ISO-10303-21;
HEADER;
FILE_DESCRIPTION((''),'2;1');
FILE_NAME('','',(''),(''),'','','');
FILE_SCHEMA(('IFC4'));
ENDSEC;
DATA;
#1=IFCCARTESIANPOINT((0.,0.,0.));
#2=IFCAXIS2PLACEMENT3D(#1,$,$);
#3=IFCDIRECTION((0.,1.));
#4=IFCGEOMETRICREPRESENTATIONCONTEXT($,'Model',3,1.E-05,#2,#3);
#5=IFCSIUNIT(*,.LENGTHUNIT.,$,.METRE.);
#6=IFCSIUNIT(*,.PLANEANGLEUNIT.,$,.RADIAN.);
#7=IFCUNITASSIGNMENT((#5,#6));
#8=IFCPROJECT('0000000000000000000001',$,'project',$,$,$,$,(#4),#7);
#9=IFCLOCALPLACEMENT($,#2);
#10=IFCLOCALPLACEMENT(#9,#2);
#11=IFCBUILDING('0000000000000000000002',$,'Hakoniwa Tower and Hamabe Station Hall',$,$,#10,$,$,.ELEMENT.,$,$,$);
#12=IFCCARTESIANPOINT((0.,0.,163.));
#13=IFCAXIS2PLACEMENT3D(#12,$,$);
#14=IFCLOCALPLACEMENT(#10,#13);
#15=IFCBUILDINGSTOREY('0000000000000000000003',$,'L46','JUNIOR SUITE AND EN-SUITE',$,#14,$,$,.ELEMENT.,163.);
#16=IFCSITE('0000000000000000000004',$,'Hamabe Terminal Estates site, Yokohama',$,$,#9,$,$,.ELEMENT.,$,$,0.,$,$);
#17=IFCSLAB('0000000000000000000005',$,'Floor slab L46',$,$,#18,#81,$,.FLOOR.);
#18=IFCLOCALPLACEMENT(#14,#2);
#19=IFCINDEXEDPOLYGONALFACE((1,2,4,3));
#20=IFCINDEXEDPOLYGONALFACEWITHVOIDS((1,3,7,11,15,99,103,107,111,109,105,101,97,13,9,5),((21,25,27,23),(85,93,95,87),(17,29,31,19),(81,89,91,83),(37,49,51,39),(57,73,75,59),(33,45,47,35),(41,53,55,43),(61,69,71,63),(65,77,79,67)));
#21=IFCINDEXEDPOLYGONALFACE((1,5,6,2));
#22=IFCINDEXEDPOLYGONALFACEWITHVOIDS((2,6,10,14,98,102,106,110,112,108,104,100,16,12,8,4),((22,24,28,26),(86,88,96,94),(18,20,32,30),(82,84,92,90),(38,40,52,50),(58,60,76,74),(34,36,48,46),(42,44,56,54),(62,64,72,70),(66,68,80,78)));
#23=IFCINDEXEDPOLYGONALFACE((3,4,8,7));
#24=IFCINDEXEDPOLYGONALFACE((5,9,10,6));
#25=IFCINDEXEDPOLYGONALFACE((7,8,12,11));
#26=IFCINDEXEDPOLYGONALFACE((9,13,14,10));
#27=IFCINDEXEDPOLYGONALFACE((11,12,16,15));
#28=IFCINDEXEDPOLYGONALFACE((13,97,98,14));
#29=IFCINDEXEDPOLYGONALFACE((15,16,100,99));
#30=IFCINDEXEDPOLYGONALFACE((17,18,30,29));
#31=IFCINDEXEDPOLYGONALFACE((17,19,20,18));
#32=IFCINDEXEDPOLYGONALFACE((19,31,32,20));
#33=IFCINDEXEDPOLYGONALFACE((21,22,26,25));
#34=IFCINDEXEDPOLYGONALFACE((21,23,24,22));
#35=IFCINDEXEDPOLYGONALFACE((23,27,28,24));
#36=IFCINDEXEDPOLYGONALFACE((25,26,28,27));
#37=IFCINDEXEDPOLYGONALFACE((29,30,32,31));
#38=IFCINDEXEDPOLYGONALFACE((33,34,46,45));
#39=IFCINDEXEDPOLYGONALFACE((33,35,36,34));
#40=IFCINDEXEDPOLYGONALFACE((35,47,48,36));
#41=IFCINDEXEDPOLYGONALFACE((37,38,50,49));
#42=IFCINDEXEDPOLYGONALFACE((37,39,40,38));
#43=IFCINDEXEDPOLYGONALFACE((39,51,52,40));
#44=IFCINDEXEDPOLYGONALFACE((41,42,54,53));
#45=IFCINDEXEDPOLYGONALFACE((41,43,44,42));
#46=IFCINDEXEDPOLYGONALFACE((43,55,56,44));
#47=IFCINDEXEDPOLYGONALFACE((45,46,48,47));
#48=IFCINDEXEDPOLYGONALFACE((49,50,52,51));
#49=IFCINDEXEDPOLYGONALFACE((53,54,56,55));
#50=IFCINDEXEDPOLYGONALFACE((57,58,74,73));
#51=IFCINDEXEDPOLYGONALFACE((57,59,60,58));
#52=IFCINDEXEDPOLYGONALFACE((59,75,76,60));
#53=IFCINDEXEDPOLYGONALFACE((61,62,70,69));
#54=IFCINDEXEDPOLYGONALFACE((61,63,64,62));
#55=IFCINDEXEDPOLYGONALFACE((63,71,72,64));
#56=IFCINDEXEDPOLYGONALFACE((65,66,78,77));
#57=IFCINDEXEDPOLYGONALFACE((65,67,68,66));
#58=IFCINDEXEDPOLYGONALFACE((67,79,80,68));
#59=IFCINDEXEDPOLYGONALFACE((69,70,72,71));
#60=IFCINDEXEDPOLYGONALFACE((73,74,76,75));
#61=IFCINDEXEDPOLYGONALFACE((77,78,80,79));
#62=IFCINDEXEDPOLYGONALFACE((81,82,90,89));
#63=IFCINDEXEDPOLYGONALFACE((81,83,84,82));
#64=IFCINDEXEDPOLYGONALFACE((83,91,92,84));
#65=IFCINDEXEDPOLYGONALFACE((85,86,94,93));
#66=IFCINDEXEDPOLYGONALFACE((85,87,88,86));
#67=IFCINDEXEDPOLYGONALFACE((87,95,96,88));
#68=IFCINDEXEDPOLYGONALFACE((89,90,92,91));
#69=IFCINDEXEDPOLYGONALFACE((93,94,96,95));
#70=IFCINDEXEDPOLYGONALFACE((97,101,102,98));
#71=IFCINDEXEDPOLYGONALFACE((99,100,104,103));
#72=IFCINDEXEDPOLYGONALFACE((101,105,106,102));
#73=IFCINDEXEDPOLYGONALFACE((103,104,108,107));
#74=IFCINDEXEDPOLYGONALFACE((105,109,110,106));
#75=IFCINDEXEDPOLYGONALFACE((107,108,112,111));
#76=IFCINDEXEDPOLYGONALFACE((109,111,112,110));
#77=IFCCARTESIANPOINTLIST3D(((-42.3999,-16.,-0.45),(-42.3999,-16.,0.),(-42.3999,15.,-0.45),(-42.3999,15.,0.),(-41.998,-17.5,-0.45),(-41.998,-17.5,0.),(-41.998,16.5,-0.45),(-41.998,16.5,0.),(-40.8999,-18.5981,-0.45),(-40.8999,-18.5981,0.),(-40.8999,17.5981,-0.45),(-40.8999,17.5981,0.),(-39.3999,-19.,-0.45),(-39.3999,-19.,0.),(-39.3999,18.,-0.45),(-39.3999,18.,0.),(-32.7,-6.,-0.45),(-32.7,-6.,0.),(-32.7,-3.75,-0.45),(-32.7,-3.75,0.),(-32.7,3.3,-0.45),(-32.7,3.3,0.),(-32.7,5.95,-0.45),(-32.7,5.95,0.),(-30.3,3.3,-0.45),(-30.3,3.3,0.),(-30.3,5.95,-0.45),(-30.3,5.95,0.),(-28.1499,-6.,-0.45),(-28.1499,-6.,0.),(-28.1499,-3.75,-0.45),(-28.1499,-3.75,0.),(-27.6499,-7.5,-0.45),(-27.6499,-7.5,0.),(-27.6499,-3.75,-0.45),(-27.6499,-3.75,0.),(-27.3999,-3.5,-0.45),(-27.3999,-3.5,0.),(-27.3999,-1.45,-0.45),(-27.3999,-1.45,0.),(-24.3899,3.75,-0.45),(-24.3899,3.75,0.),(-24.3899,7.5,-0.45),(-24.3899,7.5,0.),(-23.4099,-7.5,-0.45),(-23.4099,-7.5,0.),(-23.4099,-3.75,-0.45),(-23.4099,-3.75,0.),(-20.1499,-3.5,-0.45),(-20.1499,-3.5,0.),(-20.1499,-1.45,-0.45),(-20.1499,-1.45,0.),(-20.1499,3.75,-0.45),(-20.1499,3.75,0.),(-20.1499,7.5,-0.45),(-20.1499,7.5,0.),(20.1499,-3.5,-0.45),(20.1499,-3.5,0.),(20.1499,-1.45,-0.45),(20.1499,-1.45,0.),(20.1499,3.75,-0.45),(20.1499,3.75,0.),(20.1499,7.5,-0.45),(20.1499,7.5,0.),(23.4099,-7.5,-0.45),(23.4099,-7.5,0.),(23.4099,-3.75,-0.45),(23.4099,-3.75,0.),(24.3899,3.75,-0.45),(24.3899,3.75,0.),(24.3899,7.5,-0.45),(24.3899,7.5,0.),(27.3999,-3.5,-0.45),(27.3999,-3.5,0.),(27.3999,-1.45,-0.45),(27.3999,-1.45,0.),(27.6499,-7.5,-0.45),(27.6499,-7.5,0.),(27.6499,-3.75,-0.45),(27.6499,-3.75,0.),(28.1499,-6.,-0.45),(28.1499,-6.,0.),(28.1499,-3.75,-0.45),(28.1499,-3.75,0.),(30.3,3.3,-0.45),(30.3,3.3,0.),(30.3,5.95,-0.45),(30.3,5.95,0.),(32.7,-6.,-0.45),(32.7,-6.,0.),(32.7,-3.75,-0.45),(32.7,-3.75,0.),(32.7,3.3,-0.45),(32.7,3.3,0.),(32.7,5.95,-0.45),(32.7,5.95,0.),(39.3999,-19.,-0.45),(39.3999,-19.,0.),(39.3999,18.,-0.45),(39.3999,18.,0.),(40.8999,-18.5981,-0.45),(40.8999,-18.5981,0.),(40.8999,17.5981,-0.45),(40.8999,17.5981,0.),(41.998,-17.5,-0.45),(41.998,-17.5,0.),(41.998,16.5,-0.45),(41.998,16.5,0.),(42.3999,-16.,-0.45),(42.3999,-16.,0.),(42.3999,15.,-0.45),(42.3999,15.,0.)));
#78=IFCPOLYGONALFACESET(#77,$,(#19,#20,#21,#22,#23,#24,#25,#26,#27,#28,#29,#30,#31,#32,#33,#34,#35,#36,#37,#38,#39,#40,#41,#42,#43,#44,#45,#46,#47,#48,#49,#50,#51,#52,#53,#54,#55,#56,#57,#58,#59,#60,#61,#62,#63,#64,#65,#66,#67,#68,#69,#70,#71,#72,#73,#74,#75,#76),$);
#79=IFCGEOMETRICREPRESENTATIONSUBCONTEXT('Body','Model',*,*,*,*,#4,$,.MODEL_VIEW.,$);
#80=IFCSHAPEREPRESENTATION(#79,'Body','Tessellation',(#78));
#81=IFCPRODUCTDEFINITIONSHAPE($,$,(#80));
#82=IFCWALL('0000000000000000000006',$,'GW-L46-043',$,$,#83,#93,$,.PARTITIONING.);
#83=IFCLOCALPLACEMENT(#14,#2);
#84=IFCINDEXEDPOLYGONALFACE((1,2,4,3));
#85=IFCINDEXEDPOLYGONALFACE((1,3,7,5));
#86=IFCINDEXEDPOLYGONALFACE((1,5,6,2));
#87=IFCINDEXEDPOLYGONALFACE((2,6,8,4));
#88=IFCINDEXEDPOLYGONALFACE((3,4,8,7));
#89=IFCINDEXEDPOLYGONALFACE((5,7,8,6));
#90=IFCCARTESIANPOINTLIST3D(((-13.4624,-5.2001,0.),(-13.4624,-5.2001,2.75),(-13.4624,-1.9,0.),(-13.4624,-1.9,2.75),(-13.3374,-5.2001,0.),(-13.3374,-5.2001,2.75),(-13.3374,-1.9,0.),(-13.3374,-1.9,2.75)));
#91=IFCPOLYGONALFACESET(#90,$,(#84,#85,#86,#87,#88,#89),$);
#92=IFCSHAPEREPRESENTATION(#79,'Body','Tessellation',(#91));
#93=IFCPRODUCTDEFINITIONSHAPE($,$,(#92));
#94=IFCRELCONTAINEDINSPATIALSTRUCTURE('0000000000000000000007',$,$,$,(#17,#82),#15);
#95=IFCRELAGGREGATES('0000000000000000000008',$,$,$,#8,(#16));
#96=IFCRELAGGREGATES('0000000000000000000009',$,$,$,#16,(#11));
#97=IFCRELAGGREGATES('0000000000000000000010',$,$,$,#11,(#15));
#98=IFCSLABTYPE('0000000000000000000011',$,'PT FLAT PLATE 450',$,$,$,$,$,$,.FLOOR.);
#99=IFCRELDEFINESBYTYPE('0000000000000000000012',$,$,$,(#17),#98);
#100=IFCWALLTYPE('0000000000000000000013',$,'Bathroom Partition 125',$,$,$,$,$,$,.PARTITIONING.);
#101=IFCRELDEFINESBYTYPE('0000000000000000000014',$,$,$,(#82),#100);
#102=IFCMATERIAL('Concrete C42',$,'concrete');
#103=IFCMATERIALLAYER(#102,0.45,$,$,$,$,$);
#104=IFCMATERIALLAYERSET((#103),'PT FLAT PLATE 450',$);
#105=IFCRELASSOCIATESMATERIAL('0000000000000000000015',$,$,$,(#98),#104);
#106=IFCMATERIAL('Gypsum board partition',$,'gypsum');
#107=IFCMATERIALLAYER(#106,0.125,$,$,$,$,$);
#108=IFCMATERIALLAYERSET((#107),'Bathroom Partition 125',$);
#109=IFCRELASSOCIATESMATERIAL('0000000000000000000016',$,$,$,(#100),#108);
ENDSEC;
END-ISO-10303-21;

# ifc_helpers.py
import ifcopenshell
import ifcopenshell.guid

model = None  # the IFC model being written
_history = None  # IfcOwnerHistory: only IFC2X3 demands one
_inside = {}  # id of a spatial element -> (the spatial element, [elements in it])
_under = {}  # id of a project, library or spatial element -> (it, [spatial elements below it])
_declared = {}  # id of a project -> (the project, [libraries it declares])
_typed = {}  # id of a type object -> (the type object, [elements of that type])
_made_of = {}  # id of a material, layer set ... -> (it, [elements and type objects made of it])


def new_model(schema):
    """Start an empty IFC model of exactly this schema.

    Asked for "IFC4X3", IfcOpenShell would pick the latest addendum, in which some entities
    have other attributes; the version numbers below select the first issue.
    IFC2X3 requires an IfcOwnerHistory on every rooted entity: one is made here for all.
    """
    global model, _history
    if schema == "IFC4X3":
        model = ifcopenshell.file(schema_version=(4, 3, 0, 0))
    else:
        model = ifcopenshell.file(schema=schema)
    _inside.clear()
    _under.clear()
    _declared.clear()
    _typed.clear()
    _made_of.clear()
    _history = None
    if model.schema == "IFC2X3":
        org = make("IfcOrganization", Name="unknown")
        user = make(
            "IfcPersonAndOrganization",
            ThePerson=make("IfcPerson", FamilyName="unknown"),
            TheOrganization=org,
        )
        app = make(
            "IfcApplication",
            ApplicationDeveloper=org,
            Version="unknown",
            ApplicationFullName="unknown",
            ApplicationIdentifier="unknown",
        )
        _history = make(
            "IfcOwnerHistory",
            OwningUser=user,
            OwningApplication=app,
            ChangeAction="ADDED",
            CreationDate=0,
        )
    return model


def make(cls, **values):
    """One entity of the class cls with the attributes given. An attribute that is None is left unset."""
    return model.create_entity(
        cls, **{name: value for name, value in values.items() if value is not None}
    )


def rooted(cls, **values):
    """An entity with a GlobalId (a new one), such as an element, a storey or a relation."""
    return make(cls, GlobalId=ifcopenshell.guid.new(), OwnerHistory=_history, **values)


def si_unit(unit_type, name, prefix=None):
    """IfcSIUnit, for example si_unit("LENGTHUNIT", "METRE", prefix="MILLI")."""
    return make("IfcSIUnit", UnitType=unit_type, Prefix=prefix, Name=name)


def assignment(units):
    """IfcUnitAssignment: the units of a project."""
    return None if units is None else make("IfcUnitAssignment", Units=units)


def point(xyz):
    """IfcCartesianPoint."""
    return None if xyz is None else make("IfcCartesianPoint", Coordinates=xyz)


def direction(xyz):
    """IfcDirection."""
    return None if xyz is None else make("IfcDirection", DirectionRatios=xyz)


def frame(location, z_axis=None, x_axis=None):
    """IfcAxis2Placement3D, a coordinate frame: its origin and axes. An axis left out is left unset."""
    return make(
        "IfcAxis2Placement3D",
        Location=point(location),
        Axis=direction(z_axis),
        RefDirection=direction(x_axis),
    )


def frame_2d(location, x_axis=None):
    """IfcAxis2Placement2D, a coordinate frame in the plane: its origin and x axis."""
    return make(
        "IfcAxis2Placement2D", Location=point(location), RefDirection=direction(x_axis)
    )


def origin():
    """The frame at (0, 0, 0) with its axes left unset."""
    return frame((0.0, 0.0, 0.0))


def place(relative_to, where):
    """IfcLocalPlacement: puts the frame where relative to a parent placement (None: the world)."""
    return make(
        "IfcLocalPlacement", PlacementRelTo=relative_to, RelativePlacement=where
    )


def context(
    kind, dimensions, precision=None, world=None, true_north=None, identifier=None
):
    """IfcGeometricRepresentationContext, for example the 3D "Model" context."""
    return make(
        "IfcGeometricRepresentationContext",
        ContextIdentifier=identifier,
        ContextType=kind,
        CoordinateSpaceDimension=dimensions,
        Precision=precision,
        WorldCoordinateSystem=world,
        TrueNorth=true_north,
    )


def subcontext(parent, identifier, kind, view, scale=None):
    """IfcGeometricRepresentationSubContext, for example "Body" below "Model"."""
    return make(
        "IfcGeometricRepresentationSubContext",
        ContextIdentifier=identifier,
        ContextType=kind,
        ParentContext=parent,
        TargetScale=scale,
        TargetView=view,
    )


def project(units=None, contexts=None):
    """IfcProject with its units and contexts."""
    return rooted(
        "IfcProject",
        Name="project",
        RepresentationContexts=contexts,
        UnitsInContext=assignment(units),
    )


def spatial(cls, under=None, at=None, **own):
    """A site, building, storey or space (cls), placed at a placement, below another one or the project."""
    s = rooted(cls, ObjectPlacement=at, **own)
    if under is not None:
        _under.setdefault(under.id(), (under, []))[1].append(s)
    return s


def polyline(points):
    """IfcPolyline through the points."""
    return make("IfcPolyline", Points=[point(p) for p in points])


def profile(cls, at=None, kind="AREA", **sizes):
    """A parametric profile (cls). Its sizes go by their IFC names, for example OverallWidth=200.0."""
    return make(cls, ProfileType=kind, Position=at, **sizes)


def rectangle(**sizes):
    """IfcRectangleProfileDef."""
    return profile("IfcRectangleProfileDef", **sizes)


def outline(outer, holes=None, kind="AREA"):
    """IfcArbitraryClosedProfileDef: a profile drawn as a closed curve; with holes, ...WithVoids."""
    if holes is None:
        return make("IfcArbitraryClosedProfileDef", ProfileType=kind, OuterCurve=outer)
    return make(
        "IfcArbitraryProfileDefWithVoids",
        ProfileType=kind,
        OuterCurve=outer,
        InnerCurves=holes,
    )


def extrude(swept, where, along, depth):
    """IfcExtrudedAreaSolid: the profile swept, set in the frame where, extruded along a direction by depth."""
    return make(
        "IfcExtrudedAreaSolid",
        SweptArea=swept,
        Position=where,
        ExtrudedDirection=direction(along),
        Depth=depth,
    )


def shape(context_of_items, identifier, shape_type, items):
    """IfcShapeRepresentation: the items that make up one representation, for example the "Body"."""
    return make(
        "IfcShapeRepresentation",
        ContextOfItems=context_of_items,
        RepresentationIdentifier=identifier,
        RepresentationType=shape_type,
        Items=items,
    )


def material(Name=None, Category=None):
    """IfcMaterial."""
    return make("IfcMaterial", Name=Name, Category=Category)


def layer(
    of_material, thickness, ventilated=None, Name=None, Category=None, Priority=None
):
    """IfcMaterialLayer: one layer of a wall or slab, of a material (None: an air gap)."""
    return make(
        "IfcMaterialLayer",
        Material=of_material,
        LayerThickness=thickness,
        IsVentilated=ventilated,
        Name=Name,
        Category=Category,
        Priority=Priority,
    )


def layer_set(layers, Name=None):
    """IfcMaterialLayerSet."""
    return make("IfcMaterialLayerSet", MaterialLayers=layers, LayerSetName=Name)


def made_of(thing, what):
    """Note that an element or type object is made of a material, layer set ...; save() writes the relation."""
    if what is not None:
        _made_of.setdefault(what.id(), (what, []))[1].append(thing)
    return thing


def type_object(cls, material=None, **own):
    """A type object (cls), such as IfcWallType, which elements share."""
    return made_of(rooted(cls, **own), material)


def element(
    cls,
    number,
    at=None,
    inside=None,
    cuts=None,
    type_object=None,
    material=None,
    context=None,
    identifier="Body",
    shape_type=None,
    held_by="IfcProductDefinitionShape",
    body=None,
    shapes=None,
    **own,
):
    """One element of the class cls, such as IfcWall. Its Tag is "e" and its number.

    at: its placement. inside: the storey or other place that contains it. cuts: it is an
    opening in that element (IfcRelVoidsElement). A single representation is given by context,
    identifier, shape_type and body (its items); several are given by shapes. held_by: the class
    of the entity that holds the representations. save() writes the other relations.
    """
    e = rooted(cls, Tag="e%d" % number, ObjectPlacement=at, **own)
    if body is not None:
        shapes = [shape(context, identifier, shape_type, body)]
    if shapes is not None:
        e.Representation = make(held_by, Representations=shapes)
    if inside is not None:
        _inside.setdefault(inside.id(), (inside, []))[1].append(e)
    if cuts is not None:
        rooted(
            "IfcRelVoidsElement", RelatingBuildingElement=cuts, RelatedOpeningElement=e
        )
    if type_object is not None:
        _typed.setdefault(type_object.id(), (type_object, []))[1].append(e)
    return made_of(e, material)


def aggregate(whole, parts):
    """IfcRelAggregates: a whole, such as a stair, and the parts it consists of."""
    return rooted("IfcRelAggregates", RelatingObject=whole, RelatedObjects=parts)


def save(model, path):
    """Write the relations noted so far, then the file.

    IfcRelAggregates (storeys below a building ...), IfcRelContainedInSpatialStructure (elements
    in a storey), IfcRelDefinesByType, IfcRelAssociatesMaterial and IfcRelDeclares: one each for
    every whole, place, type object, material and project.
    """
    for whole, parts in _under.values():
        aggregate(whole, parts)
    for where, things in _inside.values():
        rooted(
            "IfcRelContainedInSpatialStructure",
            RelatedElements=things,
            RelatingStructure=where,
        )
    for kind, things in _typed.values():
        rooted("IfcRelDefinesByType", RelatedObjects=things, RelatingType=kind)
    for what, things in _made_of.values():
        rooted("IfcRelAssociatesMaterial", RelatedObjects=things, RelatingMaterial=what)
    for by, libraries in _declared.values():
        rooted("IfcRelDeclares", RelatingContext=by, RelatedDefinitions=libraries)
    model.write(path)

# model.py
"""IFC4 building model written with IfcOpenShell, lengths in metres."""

from ifc_helpers import new_model, si_unit, direction, frame, frame_2d, origin, place, context, subcontext, project, spatial, polyline, rectangle, outline, extrude, material, layer, layer_set, type_object, element, save


model = new_model("IFC4")

# Units and contexts
model_context = context("Model", 3, precision=1e-05, world=origin(), true_north=direction((0.0, 1.0)))
body_context = subcontext(model_context, "Body", "Model", "MODEL_VIEW")
ifc_project = project(units=[si_unit("LENGTHUNIT", "METRE"), si_unit("PLANEANGLEUNIT", "RADIAN")], contexts=[model_context])

# Site, building, storey
site_placement = place(None, origin())
site = spatial("IfcSite", under=ifc_project, at=site_placement, Name="Hamabe Terminal Estates site, Yokohama", CompositionType="ELEMENT", RefElevation=0.0)
building_placement = place(site_placement, origin())
building = spatial("IfcBuilding", under=site, at=building_placement, Name="Hakoniwa Tower and Hamabe Station Hall", CompositionType="ELEMENT")
storey_placement = place(building_placement, frame((0.0, 0.0, 163.0)))
storey = spatial("IfcBuildingStorey", under=building, at=storey_placement, Name="L46", Description="JUNIOR SUITE AND EN-SUITE", CompositionType="ELEMENT", Elevation=163.0)

# Slab
ifc_material_1 = material(Name="Concrete C42", Category="concrete")
ifc_layer_1 = layer(ifc_material_1, 0.45)
ifc_layer_set_1 = layer_set([ifc_layer_1], Name="PT FLAT PLATE 450")
slab_type_1 = type_object("IfcSlabType", Name="PT FLAT PLATE 450", PredefinedType="FLOOR", material=ifc_layer_set_1)
slab_1_placement = place(storey_placement, frame((0.0, 0.0, -0.45)))
element("IfcSlab", 1, at=slab_1_placement, inside=storey, type_object=slab_type_1, Name="Floor slab L46", PredefinedType="FLOOR", context=body_context, shape_type="SweptSolid", body=[
    extrude(outline(polyline([(42.3999, -16.0), (42.3999, 15.0), (41.998, 16.5), (40.8999, 17.5981), (39.3999, 18.0), (-39.3999, 18.0), (-40.8999, 17.5981), (-41.998, 16.5), (-42.3999, 15.0), (-42.3999, -16.0), (-41.998, -17.5), (-40.8999, -18.5981), (-39.3999, -19.0), (39.3999, -19.0), (40.8999, -18.5981), (41.998, -17.5), (42.3999, -16.0)]), holes=[polyline([(-27.3999, -3.5), (-27.3999, -1.45), (-20.1499, -1.45), (-20.1499, -3.5), (-27.3999, -3.5)]), polyline([(-32.7, 3.3), (-32.7, 5.95), (-30.3, 5.95), (-30.3, 3.3), (-32.7, 3.3)]), polyline([(-32.7, -6.0), (-32.7, -3.75), (-28.1499, -3.75), (-28.1499, -6.0), (-32.7, -6.0)]), polyline([(-24.3899, 3.75), (-24.3899, 7.5), (-20.1499, 7.5), (-20.1499, 3.75), (-24.3899, 3.75)]), polyline([(-27.6499, -7.5), (-27.6499, -3.75), (-23.4099, -3.75), (-23.4099, -7.5), (-27.6499, -7.5)]), polyline([(20.1499, -3.5), (20.1499, -1.45), (27.3999, -1.45), (27.3999, -3.5), (20.1499, -3.5)]), polyline([(30.3, 3.3), (30.3, 5.95), (32.7, 5.95), (32.7, 3.3), (30.3, 3.3)]), polyline([(28.1499, -6.0), (28.1499, -3.75), (32.7, -3.75), (32.7, -6.0), (28.1499, -6.0)]), polyline([(20.1499, 3.75), (20.1499, 7.5), (24.3899, 7.5), (24.3899, 3.75), (20.1499, 3.75)]), polyline([(23.4099, -7.5), (23.4099, -3.75), (27.6499, -3.75), (27.6499, -7.5), (23.4099, -7.5)])]), origin(), (0.0, 0.0, 1.0), 0.45),
])

# Wall
ifc_material_2 = material(Name="Gypsum board partition", Category="gypsum")
ifc_layer_2 = layer(ifc_material_2, 0.125)
ifc_layer_set_2 = layer_set([ifc_layer_2], Name="Bathroom Partition 125")
wall_type_1 = type_object("IfcWallType", Name="Bathroom Partition 125", PredefinedType="PARTITIONING", material=ifc_layer_set_2)
wall_1_placement = place(storey_placement, frame((-13.3999, -5.2, 0.0), z_axis=(0.0, 0.0, 1.0), x_axis=(0.0, 1.0, 0.0)))
element("IfcWall", 2, at=wall_1_placement, inside=storey, type_object=wall_type_1, Name="GW-L46-043", PredefinedType="PARTITIONING", context=body_context, shape_type="SweptSolid", body=[
    extrude(rectangle(XDim=3.3, YDim=0.125, at=frame_2d((1.6499, 0.0))), origin(), (0.0, 0.0, 1.0), 2.75),
])

save(model, "model.ifc")
